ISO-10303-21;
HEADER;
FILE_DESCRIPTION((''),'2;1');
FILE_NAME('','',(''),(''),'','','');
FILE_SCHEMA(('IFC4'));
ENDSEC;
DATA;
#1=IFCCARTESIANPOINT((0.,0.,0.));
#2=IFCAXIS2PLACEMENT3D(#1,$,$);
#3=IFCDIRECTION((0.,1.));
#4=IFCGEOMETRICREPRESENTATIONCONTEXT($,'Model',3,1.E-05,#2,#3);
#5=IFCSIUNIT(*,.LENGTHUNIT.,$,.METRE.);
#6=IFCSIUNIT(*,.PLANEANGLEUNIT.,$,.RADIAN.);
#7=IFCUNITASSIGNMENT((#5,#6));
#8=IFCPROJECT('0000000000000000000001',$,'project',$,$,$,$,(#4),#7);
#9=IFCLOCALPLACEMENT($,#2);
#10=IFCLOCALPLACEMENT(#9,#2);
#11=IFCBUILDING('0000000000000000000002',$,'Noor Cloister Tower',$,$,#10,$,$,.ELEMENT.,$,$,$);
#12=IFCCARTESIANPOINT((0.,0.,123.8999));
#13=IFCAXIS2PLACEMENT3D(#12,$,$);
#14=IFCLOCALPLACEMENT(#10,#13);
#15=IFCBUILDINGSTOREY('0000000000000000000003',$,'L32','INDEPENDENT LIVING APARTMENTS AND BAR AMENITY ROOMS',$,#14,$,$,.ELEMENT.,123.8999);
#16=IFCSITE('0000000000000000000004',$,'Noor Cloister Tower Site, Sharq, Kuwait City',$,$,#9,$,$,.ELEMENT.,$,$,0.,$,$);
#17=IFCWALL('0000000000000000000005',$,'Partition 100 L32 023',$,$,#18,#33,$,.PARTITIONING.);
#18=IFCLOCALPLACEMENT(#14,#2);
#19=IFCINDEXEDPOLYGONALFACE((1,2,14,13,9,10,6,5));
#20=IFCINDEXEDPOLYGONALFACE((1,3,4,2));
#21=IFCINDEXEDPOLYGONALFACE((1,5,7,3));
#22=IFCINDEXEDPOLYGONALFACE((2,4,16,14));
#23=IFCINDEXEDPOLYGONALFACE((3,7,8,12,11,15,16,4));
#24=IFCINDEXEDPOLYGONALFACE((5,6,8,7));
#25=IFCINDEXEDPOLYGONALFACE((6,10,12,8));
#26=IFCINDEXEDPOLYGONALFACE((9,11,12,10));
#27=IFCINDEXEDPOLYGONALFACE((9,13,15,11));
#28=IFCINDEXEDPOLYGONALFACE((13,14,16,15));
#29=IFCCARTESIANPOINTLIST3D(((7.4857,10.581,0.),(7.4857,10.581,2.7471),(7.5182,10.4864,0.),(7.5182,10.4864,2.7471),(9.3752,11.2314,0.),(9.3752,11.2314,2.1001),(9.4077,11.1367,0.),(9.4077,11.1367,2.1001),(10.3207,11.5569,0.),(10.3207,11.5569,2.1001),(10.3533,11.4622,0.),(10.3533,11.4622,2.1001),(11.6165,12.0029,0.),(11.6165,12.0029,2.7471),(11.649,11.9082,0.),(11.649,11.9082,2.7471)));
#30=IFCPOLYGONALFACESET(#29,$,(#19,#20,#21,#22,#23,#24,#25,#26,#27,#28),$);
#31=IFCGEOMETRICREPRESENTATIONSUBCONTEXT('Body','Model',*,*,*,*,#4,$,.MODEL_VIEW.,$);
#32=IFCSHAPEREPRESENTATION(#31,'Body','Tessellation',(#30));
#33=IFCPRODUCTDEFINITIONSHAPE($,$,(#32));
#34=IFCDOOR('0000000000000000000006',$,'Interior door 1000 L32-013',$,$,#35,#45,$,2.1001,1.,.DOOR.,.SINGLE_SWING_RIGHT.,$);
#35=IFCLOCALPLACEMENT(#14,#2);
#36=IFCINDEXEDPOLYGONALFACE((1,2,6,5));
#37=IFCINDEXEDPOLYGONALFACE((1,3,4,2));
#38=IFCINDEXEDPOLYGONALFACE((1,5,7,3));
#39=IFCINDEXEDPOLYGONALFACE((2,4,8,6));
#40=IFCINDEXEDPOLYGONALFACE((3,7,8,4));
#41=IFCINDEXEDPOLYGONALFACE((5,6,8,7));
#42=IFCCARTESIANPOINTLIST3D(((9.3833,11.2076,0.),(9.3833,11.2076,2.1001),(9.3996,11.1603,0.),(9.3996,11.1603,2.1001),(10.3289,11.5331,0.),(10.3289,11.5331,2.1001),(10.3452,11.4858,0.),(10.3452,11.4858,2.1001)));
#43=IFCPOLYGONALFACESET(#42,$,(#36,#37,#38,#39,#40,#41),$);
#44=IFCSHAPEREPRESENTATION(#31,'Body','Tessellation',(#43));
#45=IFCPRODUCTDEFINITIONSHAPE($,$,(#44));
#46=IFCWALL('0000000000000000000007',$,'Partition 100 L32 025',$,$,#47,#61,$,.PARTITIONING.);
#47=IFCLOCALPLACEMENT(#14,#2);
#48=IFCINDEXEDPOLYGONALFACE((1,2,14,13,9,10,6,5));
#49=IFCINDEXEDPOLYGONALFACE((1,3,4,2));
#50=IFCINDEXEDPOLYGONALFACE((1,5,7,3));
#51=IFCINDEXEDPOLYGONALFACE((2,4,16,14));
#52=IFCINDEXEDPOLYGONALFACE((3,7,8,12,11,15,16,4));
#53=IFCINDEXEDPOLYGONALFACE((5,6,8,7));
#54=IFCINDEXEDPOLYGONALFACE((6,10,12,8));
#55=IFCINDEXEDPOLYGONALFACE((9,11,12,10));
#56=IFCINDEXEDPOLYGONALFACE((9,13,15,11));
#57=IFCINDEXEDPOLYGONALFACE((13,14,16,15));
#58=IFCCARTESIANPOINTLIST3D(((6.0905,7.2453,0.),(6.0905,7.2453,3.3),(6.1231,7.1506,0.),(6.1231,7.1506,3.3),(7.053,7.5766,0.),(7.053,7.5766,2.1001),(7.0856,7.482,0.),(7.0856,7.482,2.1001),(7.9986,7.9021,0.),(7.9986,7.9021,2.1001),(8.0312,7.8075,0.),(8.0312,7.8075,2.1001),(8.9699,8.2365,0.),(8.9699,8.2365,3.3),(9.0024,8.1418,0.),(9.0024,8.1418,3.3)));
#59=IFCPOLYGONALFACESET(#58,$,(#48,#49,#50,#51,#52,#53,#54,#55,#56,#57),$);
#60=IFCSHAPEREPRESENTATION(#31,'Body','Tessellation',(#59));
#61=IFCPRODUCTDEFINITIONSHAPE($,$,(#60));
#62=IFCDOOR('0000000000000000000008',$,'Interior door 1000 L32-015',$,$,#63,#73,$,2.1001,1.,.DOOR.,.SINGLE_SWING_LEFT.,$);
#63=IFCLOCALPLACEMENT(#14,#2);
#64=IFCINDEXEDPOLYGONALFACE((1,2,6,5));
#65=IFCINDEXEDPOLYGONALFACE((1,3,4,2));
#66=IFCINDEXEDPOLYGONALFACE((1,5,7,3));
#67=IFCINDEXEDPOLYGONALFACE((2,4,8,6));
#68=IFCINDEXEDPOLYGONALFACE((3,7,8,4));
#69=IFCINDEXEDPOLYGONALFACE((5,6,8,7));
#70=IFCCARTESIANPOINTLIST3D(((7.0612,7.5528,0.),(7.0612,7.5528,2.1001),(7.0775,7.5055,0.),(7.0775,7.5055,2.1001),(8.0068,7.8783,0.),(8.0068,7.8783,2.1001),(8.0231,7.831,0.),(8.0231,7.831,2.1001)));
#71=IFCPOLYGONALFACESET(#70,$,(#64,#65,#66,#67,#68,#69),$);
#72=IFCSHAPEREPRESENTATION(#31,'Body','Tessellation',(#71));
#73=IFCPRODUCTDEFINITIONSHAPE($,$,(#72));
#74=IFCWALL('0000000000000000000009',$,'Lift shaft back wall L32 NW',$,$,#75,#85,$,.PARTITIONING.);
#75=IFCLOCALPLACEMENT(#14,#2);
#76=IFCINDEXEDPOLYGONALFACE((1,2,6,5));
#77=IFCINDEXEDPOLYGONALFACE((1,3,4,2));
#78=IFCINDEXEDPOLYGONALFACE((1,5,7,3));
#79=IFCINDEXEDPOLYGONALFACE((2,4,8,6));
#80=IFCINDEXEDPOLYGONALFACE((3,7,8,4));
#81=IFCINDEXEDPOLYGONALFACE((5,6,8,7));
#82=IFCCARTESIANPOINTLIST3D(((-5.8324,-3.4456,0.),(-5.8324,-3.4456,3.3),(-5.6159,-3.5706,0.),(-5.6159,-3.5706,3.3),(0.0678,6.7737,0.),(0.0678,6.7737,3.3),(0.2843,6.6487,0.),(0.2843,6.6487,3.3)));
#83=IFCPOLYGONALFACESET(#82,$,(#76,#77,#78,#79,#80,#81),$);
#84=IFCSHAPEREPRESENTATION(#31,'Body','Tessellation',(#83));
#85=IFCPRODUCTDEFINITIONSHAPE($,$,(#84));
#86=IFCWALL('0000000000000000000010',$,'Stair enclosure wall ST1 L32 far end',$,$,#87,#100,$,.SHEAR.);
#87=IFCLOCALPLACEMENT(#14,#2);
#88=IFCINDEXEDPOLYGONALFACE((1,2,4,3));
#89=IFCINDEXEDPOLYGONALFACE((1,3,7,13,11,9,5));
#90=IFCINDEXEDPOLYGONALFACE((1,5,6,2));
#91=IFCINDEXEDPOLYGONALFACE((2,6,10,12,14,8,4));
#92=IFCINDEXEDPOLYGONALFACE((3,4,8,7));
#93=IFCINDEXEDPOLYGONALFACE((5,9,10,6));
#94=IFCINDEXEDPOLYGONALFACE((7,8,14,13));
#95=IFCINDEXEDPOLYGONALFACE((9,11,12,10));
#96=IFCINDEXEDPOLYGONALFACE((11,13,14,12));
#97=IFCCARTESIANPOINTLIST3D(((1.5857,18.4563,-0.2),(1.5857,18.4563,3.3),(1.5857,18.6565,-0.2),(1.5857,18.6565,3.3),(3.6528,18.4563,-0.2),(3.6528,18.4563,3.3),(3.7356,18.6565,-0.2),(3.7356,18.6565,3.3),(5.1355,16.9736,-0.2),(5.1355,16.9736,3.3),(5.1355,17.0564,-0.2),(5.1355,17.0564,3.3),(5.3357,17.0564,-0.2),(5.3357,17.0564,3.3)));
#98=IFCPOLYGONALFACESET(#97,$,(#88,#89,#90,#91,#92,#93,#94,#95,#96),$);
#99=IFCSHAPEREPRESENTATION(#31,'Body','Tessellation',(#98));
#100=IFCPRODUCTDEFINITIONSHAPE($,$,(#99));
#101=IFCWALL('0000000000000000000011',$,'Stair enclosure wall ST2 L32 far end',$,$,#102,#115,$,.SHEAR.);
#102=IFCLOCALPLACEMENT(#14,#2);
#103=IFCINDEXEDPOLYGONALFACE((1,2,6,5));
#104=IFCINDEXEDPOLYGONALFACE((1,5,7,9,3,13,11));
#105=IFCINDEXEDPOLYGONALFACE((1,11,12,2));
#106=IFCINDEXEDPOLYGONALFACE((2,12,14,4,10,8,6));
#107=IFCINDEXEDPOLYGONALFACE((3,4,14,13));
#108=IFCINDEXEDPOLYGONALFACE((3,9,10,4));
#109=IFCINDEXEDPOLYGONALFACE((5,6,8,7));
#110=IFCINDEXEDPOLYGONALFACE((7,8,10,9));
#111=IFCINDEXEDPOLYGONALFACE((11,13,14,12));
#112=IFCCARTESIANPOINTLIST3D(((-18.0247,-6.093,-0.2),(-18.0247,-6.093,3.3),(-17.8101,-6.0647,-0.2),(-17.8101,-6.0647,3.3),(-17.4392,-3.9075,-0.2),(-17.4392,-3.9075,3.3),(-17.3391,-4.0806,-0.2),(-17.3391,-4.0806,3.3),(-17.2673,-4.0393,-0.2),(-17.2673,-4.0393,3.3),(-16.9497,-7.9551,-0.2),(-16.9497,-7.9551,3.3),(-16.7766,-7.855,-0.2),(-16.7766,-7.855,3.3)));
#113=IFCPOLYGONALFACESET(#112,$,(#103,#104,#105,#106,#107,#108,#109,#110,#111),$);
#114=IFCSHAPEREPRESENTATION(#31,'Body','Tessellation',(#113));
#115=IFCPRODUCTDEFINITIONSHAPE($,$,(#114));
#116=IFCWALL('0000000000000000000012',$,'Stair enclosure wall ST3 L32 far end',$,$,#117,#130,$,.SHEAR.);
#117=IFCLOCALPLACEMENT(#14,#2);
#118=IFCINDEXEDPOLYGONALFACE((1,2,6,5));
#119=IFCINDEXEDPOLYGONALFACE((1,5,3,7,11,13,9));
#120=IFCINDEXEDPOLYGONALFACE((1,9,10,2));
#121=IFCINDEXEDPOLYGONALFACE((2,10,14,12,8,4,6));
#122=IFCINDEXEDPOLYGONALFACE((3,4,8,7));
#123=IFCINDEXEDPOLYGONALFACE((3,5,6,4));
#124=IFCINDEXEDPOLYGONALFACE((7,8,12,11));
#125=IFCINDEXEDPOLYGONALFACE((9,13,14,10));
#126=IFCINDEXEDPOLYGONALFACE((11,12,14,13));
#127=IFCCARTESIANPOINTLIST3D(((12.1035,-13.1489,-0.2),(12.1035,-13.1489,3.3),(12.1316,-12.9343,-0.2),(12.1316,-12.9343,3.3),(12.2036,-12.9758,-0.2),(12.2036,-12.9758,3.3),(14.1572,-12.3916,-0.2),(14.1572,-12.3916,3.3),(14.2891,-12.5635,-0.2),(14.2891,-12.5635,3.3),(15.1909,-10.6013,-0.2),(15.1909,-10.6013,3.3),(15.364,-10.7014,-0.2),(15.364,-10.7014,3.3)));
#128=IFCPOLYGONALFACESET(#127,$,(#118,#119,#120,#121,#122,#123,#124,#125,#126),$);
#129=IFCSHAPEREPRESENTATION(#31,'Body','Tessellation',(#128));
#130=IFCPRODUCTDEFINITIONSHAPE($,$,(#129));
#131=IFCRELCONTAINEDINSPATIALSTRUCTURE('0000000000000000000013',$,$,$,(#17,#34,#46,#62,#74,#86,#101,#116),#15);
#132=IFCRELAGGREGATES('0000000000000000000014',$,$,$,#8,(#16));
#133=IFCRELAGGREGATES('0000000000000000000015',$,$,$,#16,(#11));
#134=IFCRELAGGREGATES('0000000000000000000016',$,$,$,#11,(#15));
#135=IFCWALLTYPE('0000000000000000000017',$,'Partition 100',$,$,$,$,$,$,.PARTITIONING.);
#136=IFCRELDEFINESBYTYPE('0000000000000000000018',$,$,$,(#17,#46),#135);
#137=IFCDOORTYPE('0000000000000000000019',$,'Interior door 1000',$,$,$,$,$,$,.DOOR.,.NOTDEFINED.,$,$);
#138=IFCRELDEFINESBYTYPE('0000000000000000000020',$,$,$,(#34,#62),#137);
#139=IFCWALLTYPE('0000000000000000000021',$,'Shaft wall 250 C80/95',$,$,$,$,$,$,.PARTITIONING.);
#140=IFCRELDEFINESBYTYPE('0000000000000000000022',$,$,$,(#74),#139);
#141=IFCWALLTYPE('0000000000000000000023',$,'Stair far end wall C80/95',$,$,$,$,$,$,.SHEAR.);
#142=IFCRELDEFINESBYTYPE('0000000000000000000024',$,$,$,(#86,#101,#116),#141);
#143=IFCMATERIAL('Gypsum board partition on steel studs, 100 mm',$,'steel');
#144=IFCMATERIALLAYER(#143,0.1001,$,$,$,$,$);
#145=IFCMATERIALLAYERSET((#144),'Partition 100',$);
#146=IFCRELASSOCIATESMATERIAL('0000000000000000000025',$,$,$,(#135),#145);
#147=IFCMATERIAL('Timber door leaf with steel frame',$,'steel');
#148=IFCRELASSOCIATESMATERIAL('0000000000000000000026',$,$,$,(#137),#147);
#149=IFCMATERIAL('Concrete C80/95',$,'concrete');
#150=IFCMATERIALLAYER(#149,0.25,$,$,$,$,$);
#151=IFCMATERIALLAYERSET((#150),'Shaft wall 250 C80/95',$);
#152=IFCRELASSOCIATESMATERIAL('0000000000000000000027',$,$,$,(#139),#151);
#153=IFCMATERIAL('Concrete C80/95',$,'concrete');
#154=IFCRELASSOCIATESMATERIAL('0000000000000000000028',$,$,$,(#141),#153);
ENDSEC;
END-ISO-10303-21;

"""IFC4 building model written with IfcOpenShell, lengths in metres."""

from ifc_helpers import new_model, si_unit, direction, frame, frame_2d, origin, place, context, subcontext, project, spatial, polyline, rectangle, outline, extrude, material, layer, layer_set, type_object, element, fill, save


model = new_model("IFC4")

# Units and contexts
model_context = context("Model", 3, precision=1e-05, world=origin(), true_north=direction((0.0, 1.0)))
body_context = subcontext(model_context, "Body", "Model", "MODEL_VIEW")
ifc_project = project(units=[si_unit("LENGTHUNIT", "METRE"), si_unit("PLANEANGLEUNIT", "RADIAN")], contexts=[model_context])

# Site, building, storey
site_placement = place(None, origin())
site = spatial("IfcSite", under=ifc_project, at=site_placement, Name="Noor Cloister Tower Site, Sharq, Kuwait City", CompositionType="ELEMENT", RefElevation=0.0)
building_placement = place(site_placement, origin())
building = spatial("IfcBuilding", under=site, at=building_placement, Name="Noor Cloister Tower", CompositionType="ELEMENT")
storey_placement = place(building_placement, frame((0.0, 0.0, 123.8999)))
storey = spatial("IfcBuildingStorey", under=building, at=storey_placement, Name="L32", Description="INDEPENDENT LIVING APARTMENTS AND BAR AMENITY ROOMS", CompositionType="ELEMENT", Elevation=123.8999)

# Walls, openings, doors
ifc_material_1 = material(Name="Gypsum board partition on steel studs, 100 mm", Category="steel")
ifc_layer_1 = layer(ifc_material_1, 0.1001)
ifc_layer_set_1 = layer_set([ifc_layer_1], Name="Partition 100")
wall_type_1 = type_object("IfcWallType", Name="Partition 100", PredefinedType="PARTITIONING", material=ifc_layer_set_1)
wall_1_placement = place(storey_placement, frame((7.502, 10.5337, 0.0), z_axis=(0.0, 0.0, 1.0), x_axis=(0.945553, 0.325467, 0.0)))
wall_1 = element("IfcWall", 1, at=wall_1_placement, inside=storey, type_object=wall_type_1, Name="Partition 100 L32 023", PredefinedType="PARTITIONING", context=body_context, shape_type="SweptSolid", body=[
    extrude(rectangle(XDim=4.3687, YDim=0.1001, at=frame_2d((2.1843, 0.0))), origin(), (0.0, 0.0, 1.0), 2.7471),
])
opening_1_placement = place(wall_1_placement, frame((1.9983, 0.0, 0.0)))
opening_1 = element("IfcOpeningElement", 2, at=opening_1_placement, cuts=wall_1, PredefinedType="OPENING", context=body_context, shape_type="SweptSolid", body=[
    extrude(rectangle(XDim=1.0, YDim=2.1001, at=frame_2d((0.5, 1.05))), frame((0.0, 0.0601, 0.0), z_axis=(0.0, -1.0, 0.0), x_axis=(1.0, 0.0, 0.0)), (0.0, 0.0, 1.0), 0.1201),
])
ifc_material_2 = material(Name="Timber door leaf with steel frame", Category="steel")
door_type_1 = type_object("IfcDoorType", Name="Interior door 1000", OperationType="NOTDEFINED", PredefinedType="DOOR", material=ifc_material_2)
door_1_placement = place(opening_1_placement, origin())
door_1 = element("IfcDoor", 3, at=door_1_placement, inside=storey, type_object=door_type_1, Name="Interior door 1000 L32-013", OperationType="SINGLE_SWING_RIGHT", OverallHeight=2.1001, OverallWidth=1.0, PredefinedType="DOOR", context=body_context, shape_type="SweptSolid", body=[
    extrude(rectangle(XDim=1.0, YDim=2.1001, at=frame_2d((0.5, 1.05))), frame((0.0, 0.0249, 0.0), z_axis=(0.0, -1.0, 0.0), x_axis=(1.0, 0.0, 0.0)), (0.0, 0.0, 1.0), 0.05),
])
fill(opening_1, door_1)
wall_2_placement = place(storey_placement, frame((6.1069, 7.198, 0.0), z_axis=(0.0, 0.0, 1.0), x_axis=(0.945543, 0.325496, 0.0)))
wall_2 = element("IfcWall", 4, at=wall_2_placement, inside=storey, type_object=wall_type_1, Name="Partition 100 L32 025", PredefinedType="PARTITIONING", context=body_context, shape_type="SweptSolid", body=[
    extrude(rectangle(XDim=3.0452, YDim=0.1001, at=frame_2d((1.5225, 0.0))), origin(), (0.0, 0.0, 1.0), 3.3),
])
opening_2_placement = place(wall_2_placement, frame((1.0178, 0.0, 0.0)))
opening_2 = element("IfcOpeningElement", 5, at=opening_2_placement, cuts=wall_2, PredefinedType="OPENING", context=body_context, shape_type="SweptSolid", body=[
    extrude(rectangle(XDim=1.0, YDim=2.1001, at=frame_2d((0.5, 1.05))), frame((0.0, 0.0601, 0.0), z_axis=(0.0, -1.0, 0.0), x_axis=(1.0, 0.0, 0.0)), (0.0, 0.0, 1.0), 0.1201),
])
door_2_placement = place(opening_2_placement, origin())
door_2 = element("IfcDoor", 6, at=door_2_placement, inside=storey, type_object=door_type_1, Name="Interior door 1000 L32-015", OperationType="SINGLE_SWING_LEFT", OverallHeight=2.1001, OverallWidth=1.0, PredefinedType="DOOR", context=body_context, shape_type="SweptSolid", body=[
    extrude(rectangle(XDim=1.0, YDim=2.1001, at=frame_2d((0.5, 1.05))), frame((0.0, 0.0249, 0.0), z_axis=(0.0, -1.0, 0.0), x_axis=(1.0, 0.0, 0.0)), (0.0, 0.0, 1.0), 0.05),
])
fill(opening_2, door_2)

# Walls
ifc_material_3 = material(Name="Concrete C80/95", Category="concrete")
ifc_layer_2 = layer(ifc_material_3, 0.25)
ifc_layer_set_2 = layer_set([ifc_layer_2], Name="Shaft wall 250 C80/95")
wall_type_2 = type_object("IfcWallType", Name="Shaft wall 250 C80/95", PredefinedType="PARTITIONING", material=ifc_layer_set_2)
wall_3_placement = place(storey_placement, frame((0.176, 6.7112, 0.0), z_axis=(0.0, 0.0, 1.0), x_axis=(-0.500004, -0.866023, 0.0)))
element("IfcWall", 7, at=wall_3_placement, inside=storey, type_object=wall_type_2, Name="Lift shaft back wall L32 NW", PredefinedType="PARTITIONING", context=body_context, shape_type="SweptSolid", body=[
    extrude(rectangle(XDim=11.8003, YDim=0.25, at=frame_2d((5.9001, 0.0))), origin(), (0.0, 0.0, 1.0), 3.3),
])
ifc_material_4 = material(Name="Concrete C80/95", Category="concrete")
wall_type_3 = type_object("IfcWallType", Name="Stair far end wall C80/95", PredefinedType="SHEAR", material=ifc_material_4)
wall_4_placement = place(storey_placement, frame((0.0, 0.0, -0.2)))
element("IfcWall", 8, at=wall_4_placement, inside=storey, type_object=wall_type_3, Name="Stair enclosure wall ST1 L32 far end", PredefinedType="SHEAR", context=body_context, shape_type="SweptSolid", body=[
    extrude(outline(polyline([(5.3357, 17.0564), (3.7356, 18.6565), (1.5857, 18.6565), (1.5857, 18.4563), (3.6528, 18.4563), (5.1355, 16.9736), (5.1355, 17.0564), (5.1355, 17.0564), (5.1355, 17.0564), (5.1355, 17.0564), (5.1355, 17.0564), (5.1355, 17.0564), (5.1355, 17.0564), (5.1355, 17.0564), (5.1355, 17.0564), (5.1355, 17.0564), (5.1355, 17.0564), (5.1355, 17.0564), (5.1355, 17.0564), (5.1355, 17.0564), (5.1355, 17.0564), (5.1355, 17.0564), (5.1355, 17.0564), (5.3357, 17.0564)])), origin(), (0.0, 0.0, 1.0), 3.5),
])
wall_5_placement = place(storey_placement, frame((0.0, 0.0, -0.2)))
element("IfcWall", 9, at=wall_5_placement, inside=storey, type_object=wall_type_3, Name="Stair enclosure wall ST2 L32 far end", PredefinedType="SHEAR", context=body_context, shape_type="SweptSolid", body=[
    extrude(outline(polyline([(-17.4392, -3.9075), (-18.0247, -6.093), (-16.9497, -7.9551), (-16.7766, -7.855), (-17.8101, -6.0647), (-17.2673, -4.0393), (-17.3391, -4.0806), (-17.3391, -4.0806), (-17.3391, -4.0806), (-17.3391, -4.0806), (-17.3391, -4.0806), (-17.3391, -4.0806), (-17.3391, -4.0806), (-17.3391, -4.0806), (-17.3391, -4.0806), (-17.3391, -4.0806), (-17.3391, -4.0806), (-17.3391, -4.0806), (-17.3391, -4.0806), (-17.3391, -4.0806), (-17.3391, -4.0806), (-17.3391, -4.0806), (-17.3391, -4.0806), (-17.4392, -3.9075)])), origin(), (0.0, 0.0, 1.0), 3.5),
])
wall_6_placement = place(storey_placement, frame((0.0, 0.0, -0.2)))
element("IfcWall", 10, at=wall_6_placement, inside=storey, type_object=wall_type_3, Name="Stair enclosure wall ST3 L32 far end", PredefinedType="SHEAR", context=body_context, shape_type="SweptSolid", body=[
    extrude(outline(polyline([(12.1035, -13.1489), (14.2891, -12.5635), (15.364, -10.7014), (15.1909, -10.6013), (14.1572, -12.3916), (12.1316, -12.9343), (12.2036, -12.9758), (12.2036, -12.9758), (12.2036, -12.9758), (12.2036, -12.9758), (12.2036, -12.9758), (12.2036, -12.9758), (12.2036, -12.9758), (12.2036, -12.9758), (12.2036, -12.9758), (12.2036, -12.9758), (12.2036, -12.9758), (12.2036, -12.9758), (12.2036, -12.9758), (12.2036, -12.9758), (12.2036, -12.9758), (12.2036, -12.9758), (12.2036, -12.9758), (12.1035, -13.1489)])), origin(), (0.0, 0.0, 1.0), 3.5),
])

save(model, "model.ifc")
